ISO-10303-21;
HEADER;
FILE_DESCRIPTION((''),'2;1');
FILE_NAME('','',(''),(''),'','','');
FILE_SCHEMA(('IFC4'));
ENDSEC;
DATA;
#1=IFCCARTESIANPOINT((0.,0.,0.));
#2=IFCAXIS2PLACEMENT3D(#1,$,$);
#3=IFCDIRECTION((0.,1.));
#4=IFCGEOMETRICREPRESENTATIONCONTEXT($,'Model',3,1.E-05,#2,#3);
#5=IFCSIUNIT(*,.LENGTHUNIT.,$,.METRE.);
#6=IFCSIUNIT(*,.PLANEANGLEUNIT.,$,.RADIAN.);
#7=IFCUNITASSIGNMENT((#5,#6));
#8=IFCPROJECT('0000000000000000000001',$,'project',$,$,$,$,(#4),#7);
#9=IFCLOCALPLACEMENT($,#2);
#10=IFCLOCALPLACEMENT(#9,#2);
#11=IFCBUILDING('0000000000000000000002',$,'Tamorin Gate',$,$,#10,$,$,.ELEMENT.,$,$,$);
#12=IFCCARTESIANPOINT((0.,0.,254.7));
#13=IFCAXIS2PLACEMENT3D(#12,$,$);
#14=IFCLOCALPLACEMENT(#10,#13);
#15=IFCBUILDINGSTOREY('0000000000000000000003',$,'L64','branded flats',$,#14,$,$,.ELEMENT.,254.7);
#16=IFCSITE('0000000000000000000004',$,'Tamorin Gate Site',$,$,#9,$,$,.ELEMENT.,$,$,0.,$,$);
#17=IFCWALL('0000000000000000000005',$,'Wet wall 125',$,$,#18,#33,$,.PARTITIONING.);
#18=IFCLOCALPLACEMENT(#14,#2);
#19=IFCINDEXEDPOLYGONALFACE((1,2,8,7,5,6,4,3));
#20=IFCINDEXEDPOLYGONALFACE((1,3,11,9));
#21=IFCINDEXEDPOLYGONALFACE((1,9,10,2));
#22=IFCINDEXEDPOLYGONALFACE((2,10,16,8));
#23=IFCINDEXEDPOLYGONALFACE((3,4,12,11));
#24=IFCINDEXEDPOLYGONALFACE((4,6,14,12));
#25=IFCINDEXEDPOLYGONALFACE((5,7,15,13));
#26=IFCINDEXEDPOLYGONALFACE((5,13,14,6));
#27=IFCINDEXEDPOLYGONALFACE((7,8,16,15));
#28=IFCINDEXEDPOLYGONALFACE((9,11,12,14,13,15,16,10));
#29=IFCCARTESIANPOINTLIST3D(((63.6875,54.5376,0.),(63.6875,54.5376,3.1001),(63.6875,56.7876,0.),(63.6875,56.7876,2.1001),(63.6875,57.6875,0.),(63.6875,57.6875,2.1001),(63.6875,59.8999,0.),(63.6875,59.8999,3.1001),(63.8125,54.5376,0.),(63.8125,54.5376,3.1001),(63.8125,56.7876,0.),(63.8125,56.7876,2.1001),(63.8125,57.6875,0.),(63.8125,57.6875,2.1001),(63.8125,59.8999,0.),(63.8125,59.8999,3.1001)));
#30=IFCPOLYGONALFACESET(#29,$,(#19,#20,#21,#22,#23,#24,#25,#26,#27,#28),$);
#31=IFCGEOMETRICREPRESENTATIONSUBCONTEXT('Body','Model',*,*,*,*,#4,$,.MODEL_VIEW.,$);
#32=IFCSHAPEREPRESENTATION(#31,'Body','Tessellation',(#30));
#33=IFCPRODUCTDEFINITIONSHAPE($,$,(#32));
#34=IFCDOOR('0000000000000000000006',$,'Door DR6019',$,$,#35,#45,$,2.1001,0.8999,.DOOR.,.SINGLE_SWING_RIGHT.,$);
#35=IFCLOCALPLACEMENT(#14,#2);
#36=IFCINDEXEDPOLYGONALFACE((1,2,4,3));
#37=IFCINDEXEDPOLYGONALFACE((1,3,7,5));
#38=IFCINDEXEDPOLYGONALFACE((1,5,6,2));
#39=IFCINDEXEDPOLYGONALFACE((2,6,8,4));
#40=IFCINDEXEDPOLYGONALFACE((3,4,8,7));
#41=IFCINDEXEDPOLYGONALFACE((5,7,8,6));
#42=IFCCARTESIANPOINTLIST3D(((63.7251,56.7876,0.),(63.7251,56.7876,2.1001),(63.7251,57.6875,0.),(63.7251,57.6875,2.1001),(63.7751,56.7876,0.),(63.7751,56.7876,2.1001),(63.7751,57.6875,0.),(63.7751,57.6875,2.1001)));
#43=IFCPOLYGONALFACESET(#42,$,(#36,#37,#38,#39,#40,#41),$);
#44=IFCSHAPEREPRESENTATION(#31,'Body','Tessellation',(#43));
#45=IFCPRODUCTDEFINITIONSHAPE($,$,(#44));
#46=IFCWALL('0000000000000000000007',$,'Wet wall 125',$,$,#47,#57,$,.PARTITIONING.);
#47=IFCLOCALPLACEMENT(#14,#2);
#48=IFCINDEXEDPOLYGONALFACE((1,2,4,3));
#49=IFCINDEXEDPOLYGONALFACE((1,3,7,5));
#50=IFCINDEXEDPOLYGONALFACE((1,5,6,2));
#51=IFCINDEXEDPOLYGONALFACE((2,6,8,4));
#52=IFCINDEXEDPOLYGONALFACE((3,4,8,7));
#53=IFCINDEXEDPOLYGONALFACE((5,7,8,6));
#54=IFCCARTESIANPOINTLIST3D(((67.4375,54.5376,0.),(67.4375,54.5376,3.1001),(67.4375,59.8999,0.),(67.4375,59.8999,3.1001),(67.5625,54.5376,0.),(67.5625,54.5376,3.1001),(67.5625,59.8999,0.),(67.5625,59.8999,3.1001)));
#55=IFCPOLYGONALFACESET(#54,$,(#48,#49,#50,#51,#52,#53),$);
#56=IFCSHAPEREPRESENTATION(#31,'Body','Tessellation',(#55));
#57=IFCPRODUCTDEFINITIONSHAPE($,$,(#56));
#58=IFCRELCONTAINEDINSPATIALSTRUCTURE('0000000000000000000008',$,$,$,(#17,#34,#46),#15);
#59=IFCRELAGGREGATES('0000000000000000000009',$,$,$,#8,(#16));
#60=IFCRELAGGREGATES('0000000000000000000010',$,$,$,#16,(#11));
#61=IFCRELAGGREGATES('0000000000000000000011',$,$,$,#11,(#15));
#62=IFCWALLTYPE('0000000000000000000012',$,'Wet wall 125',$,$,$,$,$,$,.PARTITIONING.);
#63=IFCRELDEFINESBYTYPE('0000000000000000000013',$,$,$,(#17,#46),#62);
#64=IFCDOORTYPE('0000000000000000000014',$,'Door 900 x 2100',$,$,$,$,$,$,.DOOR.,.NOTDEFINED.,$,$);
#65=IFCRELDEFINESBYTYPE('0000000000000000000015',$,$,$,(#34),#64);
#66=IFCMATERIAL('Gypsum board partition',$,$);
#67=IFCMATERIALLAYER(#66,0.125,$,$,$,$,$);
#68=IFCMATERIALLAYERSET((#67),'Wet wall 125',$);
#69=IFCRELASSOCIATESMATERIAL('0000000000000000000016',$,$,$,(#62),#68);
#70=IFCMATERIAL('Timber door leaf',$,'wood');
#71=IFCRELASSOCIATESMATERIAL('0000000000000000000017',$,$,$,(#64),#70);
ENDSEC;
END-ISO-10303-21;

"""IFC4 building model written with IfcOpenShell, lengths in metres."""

from ifc_helpers import new_model, si_unit, direction, frame, frame_2d, origin, place, context, subcontext, project, spatial, rectangle, extrude, material, layer, layer_set, type_object, element, fill, save


model = new_model("IFC4")

# Units and contexts
model_context = context("Model", 3, precision=1e-05, world=origin(), true_north=direction((0.0, 1.0)))
body_context = subcontext(model_context, "Body", "Model", "MODEL_VIEW")
ifc_project = project(units=[si_unit("LENGTHUNIT", "METRE"), si_unit("PLANEANGLEUNIT", "RADIAN")], contexts=[model_context])

# Site, building, storey
site_placement = place(None, origin())
site = spatial("IfcSite", under=ifc_project, at=site_placement, Name="Tamorin Gate Site", CompositionType="ELEMENT", RefElevation=0.0)
building_placement = place(site_placement, origin())
building = spatial("IfcBuilding", under=site, at=building_placement, Name="Tamorin Gate", CompositionType="ELEMENT")
storey_placement = place(building_placement, frame((0.0, 0.0, 254.7)))
storey = spatial("IfcBuildingStorey", under=building, at=storey_placement, Name="L64", Description="branded flats", CompositionType="ELEMENT", Elevation=254.7)

# Shared definitions
ifc_material_1 = material(Name="Gypsum board partition")
ifc_material_2 = material(Name="Timber door leaf", Category="wood")

# Shared definitions
ifc_layer_1 = layer(ifc_material_1, 0.125)
ifc_layer_set_1 = layer_set([ifc_layer_1], Name="Wet wall 125")
wall_type_1 = type_object("IfcWallType", Name="Wet wall 125", PredefinedType="PARTITIONING", material=ifc_layer_set_1)

# Wall, opening, door
wall_1_placement = place(storey_placement, frame((63.75, 54.5376, 0.0), z_axis=(0.0, 0.0, 1.0), x_axis=(0.0, 1.0, 0.0)))
wall_1 = element("IfcWall", 1, at=wall_1_placement, inside=storey, type_object=wall_type_1, Name="Wet wall 125", PredefinedType="PARTITIONING", context=body_context, shape_type="SweptSolid", body=[
    extrude(rectangle(XDim=5.3623, YDim=0.125, at=frame_2d((2.6812, 0.0))), origin(), (0.0, 0.0, 1.0), 3.1001),
])
opening_1_placement = place(wall_1_placement, frame((2.25, 0.0, 0.0)))
opening_1 = element("IfcOpeningElement", 2, at=opening_1_placement, cuts=wall_1, PredefinedType="OPENING", context=body_context, shape_type="SweptSolid", body=[
    extrude(rectangle(XDim=0.8999, YDim=2.1001, at=frame_2d((0.45, 1.05))), frame((0.0, 0.0725, 0.0), z_axis=(0.0, -1.0, 0.0), x_axis=(1.0, 0.0, 0.0)), (0.0, 0.0, 1.0), 0.145),
])
door_type_1 = type_object("IfcDoorType", Name="Door 900 x 2100", OperationType="NOTDEFINED", PredefinedType="DOOR", material=ifc_material_2)
door_1_placement = place(opening_1_placement, origin())
door_1 = element("IfcDoor", 3, at=door_1_placement, inside=storey, type_object=door_type_1, Name="Door DR6019", OperationType="SINGLE_SWING_RIGHT", OverallHeight=2.1001, OverallWidth=0.8999, PredefinedType="DOOR", context=body_context, shape_type="SweptSolid", body=[
    extrude(rectangle(XDim=0.8999, YDim=2.1001, at=frame_2d((0.45, 1.05))), frame((0.0, 0.0249, 0.0), z_axis=(0.0, -1.0, 0.0), x_axis=(1.0, 0.0, 0.0)), (0.0, 0.0, 1.0), 0.05),
])
fill(opening_1, door_1)

# Wall
wall_2_placement = place(storey_placement, frame((67.5, 54.5376, 0.0), z_axis=(0.0, 0.0, 1.0), x_axis=(0.0, 1.0, 0.0)))
element("IfcWall", 4, at=wall_2_placement, inside=storey, type_object=wall_type_1, Name="Wet wall 125", PredefinedType="PARTITIONING", context=body_context, shape_type="SweptSolid", body=[
    extrude(rectangle(XDim=5.3623, YDim=0.125, at=frame_2d((2.6812, 0.0))), origin(), (0.0, 0.0, 1.0), 3.1001),
])

save(model, "model.ifc")
